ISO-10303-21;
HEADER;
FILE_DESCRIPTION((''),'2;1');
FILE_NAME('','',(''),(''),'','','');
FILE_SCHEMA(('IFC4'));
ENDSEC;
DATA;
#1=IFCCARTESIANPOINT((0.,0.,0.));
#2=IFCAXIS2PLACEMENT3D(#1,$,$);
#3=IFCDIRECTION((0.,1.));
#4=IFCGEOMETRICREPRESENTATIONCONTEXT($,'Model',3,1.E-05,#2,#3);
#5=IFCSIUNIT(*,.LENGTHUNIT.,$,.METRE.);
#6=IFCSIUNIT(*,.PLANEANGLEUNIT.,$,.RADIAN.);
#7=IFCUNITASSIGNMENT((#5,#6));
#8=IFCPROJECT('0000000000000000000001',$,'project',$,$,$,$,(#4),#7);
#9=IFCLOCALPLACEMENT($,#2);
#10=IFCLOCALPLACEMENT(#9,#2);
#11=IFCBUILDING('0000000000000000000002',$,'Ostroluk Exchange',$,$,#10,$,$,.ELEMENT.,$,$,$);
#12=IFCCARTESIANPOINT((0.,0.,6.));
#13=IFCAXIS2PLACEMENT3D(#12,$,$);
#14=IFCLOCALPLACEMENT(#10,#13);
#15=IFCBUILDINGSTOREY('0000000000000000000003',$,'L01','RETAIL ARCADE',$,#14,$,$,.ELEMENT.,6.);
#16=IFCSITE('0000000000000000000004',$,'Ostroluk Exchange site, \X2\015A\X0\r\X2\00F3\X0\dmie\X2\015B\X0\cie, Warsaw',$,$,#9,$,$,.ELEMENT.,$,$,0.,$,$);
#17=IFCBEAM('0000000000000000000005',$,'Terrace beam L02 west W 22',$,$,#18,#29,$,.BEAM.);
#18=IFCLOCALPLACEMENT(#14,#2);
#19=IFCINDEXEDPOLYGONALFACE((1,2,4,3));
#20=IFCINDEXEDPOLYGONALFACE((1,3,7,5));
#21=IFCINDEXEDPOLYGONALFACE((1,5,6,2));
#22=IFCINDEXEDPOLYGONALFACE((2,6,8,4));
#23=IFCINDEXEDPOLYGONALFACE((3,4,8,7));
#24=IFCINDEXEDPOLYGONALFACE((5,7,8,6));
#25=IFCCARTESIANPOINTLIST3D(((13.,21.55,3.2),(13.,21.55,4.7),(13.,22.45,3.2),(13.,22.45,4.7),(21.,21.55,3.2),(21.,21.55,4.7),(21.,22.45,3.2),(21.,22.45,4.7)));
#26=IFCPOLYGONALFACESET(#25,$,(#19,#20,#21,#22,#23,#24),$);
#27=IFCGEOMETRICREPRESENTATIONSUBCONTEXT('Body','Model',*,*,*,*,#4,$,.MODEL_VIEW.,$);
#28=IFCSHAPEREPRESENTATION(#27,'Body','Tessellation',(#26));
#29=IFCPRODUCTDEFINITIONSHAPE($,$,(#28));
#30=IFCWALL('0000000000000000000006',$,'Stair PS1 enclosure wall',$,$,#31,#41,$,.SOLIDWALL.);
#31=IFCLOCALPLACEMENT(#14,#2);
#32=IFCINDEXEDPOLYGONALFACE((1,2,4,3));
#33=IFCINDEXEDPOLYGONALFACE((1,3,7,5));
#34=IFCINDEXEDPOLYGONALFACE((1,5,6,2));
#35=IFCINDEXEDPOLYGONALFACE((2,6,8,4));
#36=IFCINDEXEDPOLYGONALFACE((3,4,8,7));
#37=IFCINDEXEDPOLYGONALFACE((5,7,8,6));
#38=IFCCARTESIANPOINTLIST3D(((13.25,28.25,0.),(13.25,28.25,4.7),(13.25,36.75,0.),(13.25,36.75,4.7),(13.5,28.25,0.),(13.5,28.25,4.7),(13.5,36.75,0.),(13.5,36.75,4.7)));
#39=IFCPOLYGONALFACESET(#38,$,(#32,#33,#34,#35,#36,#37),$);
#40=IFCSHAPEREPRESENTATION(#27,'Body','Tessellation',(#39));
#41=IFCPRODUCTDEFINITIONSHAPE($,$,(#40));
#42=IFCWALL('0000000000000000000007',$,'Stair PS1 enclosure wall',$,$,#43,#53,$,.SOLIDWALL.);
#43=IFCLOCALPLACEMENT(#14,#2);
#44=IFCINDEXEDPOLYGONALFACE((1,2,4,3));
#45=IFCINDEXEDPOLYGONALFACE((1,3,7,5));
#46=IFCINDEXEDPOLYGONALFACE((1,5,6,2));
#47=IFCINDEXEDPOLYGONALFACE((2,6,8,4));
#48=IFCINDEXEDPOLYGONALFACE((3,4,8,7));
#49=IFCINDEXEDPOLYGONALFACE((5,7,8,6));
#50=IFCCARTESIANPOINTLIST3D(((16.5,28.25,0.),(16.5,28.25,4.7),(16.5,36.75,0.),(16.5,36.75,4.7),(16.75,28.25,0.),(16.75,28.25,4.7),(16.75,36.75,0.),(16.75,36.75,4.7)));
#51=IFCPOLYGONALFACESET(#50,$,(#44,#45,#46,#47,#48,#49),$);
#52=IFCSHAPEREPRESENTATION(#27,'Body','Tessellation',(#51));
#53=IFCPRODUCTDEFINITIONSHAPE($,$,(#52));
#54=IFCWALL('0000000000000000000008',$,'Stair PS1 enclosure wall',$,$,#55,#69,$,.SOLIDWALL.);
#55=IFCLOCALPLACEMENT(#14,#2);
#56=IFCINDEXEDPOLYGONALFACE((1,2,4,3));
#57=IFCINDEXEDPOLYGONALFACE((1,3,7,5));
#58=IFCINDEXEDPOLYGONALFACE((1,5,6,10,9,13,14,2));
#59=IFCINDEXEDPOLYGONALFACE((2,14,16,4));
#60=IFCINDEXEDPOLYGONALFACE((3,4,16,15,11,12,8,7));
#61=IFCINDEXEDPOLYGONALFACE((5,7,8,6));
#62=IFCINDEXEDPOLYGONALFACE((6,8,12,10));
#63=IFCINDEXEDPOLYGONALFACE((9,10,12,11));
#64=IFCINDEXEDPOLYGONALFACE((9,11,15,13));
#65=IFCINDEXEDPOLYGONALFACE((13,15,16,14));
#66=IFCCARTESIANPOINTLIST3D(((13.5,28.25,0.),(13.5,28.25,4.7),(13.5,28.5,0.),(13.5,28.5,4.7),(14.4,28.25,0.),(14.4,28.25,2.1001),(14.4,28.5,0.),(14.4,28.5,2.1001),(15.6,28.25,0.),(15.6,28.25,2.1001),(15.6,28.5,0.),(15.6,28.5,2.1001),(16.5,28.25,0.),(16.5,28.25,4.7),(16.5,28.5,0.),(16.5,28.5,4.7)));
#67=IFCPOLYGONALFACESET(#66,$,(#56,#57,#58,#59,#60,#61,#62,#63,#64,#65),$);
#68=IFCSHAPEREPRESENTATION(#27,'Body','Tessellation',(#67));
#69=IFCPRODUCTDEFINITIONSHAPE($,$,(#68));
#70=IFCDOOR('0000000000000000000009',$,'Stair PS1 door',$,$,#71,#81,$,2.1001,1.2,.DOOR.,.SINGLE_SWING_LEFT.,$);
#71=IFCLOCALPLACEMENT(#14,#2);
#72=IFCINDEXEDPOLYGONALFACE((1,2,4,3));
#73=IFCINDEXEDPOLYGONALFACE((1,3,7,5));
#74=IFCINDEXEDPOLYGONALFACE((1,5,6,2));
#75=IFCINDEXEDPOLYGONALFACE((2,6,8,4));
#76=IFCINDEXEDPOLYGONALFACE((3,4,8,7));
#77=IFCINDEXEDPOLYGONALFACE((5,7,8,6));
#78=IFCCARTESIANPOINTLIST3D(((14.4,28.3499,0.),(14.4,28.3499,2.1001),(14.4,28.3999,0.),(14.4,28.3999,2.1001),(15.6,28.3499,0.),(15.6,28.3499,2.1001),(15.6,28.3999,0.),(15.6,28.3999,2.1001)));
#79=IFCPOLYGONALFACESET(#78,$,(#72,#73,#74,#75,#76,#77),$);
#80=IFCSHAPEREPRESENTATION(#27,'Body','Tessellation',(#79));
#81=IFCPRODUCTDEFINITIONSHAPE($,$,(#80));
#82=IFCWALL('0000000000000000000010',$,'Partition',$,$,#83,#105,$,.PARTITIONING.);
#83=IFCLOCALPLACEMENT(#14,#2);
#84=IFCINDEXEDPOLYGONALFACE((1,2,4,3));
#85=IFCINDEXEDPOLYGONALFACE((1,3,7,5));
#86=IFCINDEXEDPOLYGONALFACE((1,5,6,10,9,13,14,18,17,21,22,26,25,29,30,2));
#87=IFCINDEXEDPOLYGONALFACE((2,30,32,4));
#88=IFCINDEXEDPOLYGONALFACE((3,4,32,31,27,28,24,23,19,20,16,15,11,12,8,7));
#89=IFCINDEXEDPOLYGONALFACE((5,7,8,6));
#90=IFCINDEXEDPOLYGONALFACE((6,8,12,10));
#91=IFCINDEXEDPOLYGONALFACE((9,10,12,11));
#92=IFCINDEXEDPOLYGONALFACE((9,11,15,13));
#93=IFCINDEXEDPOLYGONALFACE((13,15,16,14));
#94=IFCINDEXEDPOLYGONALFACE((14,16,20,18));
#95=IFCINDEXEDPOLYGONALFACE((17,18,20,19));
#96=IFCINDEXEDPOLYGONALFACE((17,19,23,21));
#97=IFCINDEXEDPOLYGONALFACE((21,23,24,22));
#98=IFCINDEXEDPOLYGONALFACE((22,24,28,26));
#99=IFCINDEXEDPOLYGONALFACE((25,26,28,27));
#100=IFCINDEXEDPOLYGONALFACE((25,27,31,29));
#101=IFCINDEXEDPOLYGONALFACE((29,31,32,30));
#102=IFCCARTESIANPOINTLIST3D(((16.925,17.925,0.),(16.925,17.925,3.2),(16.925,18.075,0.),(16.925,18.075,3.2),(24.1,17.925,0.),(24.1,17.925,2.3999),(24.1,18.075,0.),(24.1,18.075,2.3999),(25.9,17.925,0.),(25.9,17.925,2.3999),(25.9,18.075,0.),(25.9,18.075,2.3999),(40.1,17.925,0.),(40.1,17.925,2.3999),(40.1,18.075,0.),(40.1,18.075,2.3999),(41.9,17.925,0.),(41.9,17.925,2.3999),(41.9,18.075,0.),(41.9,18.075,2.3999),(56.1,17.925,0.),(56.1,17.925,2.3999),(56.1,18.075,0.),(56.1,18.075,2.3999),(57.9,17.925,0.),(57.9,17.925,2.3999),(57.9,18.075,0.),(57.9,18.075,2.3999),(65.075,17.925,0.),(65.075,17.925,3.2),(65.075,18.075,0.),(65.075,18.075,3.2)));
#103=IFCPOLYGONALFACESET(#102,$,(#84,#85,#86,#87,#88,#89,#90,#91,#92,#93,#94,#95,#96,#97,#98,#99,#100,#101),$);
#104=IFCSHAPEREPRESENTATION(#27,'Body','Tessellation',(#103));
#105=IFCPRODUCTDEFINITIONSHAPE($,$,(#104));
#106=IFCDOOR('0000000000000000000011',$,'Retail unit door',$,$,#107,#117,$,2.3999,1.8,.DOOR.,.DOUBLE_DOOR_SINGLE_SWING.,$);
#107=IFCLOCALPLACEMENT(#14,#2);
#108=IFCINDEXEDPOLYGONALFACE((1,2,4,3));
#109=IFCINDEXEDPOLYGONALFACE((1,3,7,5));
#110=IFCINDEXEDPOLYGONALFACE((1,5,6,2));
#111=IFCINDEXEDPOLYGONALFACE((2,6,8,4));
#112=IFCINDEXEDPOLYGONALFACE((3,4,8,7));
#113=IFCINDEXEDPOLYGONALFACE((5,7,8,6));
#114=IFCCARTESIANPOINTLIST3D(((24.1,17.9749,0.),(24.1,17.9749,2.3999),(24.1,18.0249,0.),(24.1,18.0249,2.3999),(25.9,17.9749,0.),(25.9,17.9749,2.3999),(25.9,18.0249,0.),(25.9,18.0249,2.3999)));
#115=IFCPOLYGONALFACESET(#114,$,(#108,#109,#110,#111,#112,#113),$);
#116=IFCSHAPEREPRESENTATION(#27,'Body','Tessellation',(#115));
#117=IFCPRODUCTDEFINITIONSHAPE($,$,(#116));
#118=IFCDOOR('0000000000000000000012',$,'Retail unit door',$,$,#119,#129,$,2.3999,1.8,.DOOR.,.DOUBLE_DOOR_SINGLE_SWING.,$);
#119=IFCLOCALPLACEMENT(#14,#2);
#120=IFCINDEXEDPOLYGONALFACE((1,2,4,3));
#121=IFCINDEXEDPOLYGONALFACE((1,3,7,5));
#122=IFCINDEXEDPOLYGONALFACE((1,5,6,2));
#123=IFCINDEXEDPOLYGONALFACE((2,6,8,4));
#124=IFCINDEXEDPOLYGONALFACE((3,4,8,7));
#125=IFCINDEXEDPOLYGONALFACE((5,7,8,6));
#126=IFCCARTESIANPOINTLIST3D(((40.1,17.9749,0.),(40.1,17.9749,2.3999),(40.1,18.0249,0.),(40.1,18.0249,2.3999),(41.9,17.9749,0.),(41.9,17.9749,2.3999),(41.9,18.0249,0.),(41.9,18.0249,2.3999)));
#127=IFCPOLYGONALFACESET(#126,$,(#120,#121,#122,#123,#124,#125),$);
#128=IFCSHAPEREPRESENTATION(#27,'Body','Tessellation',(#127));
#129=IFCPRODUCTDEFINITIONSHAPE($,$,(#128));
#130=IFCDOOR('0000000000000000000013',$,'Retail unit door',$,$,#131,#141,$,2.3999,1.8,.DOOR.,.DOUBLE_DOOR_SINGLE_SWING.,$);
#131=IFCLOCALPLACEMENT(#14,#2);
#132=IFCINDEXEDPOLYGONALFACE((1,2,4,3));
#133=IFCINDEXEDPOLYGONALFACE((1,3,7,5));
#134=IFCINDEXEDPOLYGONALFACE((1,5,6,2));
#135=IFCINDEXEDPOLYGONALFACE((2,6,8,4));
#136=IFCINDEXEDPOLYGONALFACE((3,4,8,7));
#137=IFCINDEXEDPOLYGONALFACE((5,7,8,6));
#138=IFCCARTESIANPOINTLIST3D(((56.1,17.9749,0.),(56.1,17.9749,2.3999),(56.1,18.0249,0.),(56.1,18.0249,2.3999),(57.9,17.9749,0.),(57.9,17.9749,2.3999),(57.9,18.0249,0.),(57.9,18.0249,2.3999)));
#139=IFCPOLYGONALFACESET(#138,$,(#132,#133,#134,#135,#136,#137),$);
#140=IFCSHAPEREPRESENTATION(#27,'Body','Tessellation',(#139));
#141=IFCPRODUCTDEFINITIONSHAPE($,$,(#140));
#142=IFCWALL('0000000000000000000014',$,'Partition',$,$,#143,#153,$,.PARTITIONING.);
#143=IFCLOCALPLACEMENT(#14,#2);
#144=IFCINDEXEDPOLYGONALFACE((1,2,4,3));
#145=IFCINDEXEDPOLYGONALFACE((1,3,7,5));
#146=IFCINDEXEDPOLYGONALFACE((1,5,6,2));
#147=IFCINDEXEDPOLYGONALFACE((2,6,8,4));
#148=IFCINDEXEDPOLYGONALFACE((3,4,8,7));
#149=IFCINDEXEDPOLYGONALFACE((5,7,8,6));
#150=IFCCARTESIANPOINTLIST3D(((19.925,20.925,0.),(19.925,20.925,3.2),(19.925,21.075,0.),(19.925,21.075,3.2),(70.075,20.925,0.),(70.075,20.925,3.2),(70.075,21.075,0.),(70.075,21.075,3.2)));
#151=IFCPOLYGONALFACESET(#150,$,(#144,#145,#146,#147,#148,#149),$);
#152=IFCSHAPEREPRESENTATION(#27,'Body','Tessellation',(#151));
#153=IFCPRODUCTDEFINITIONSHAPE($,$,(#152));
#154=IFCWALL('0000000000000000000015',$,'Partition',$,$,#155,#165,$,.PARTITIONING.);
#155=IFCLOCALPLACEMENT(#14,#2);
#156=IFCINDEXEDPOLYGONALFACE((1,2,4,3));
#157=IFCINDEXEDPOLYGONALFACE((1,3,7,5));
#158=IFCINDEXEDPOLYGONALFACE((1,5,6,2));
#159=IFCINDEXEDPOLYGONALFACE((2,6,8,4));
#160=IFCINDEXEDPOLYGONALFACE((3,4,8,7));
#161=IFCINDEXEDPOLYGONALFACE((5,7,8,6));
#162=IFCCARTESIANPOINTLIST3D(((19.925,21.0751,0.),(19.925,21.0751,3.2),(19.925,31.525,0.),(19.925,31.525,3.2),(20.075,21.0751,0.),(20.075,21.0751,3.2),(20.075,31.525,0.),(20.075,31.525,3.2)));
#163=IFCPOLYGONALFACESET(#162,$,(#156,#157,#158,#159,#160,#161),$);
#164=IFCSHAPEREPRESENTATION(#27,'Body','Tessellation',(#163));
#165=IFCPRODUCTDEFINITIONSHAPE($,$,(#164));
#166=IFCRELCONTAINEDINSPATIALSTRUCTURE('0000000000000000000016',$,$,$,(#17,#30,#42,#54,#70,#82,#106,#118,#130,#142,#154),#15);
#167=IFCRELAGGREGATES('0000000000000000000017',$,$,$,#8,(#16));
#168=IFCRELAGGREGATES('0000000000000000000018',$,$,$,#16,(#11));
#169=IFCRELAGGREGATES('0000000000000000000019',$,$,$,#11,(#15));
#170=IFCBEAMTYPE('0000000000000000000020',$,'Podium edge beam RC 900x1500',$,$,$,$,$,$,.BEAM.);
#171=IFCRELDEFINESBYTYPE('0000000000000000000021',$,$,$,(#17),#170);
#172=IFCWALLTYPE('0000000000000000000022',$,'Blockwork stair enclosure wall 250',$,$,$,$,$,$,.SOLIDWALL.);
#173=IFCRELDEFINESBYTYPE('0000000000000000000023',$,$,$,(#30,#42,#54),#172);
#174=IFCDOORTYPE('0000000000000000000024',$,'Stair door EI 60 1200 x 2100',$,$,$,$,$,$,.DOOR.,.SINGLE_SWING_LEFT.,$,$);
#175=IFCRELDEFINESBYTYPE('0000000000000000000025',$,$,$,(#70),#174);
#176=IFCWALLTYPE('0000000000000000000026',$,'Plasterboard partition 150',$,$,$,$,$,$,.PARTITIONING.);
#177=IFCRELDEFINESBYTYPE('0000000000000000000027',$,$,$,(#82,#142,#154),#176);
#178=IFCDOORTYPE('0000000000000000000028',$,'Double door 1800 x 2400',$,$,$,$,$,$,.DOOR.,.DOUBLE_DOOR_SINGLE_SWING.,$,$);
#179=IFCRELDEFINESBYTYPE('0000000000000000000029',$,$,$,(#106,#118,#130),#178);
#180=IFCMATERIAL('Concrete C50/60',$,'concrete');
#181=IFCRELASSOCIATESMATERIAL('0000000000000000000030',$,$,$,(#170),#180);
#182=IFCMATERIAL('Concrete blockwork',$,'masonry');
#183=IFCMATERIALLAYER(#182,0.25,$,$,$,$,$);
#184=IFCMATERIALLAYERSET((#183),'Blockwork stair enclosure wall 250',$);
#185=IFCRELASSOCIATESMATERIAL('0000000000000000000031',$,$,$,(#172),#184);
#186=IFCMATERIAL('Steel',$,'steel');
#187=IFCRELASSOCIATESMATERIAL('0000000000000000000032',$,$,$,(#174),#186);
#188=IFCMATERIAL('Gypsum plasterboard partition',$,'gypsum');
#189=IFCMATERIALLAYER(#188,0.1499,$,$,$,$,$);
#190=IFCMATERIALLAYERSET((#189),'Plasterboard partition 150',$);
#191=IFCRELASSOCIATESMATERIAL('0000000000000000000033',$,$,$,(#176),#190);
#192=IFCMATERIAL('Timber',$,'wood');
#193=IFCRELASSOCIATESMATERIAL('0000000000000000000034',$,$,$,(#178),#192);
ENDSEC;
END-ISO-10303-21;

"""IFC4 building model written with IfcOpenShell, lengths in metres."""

from ifc_helpers import new_model, si_unit, direction, frame, frame_2d, origin, origin_2d, place, context, subcontext, project, spatial, rectangle, extrude, material, layer, layer_set, material_profile, profile_set, type_object, element, fill, save


model = new_model("IFC4")

# Units and contexts
model_context = context("Model", 3, precision=1e-05, world=origin(), true_north=direction((0.0, 1.0)))
body_context = subcontext(model_context, "Body", "Model", "MODEL_VIEW")
ifc_project = project(units=[si_unit("LENGTHUNIT", "METRE"), si_unit("PLANEANGLEUNIT", "RADIAN")], contexts=[model_context])

# Site, building, storey
site_placement = place(None, origin())
site = spatial("IfcSite", under=ifc_project, at=site_placement, Name="Ostroluk Exchange site, Śródmieście, Warsaw", CompositionType="ELEMENT", RefElevation=0.0)
building_placement = place(site_placement, origin())
building = spatial("IfcBuilding", under=site, at=building_placement, Name="Ostroluk Exchange", CompositionType="ELEMENT")
storey_placement = place(building_placement, frame((0.0, 0.0, 6.0)))
storey = spatial("IfcBuildingStorey", under=building, at=storey_placement, Name="L01", Description="RETAIL ARCADE", CompositionType="ELEMENT", Elevation=6.0)

# Beam
ifc_material_1 = material(Name="Concrete C50/60", Category="concrete")
ifc_material_profile_1 = material_profile(ifc_material_1, rectangle(XDim=0.8999, YDim=1.5, at=origin_2d()), Name="RC 900x1500")
ifc_profile_set_1 = profile_set([ifc_material_profile_1], Name="Concrete C50/60")
beam_type_1 = type_object("IfcBeamType", Name="Podium edge beam RC 900x1500", PredefinedType="BEAM", material=ifc_profile_set_1)
beam_1_placement = place(storey_placement, frame((13.0, 22.0, 3.95), z_axis=(1.0, 0.0, 0.0), x_axis=(0.0, 1.0, 0.0)))
element("IfcBeam", 1, at=beam_1_placement, inside=storey, type_object=beam_type_1, Name="Terrace beam L02 west W 22", PredefinedType="BEAM", context=body_context, shape_type="SweptSolid", body=[
    extrude(rectangle(XDim=0.8999, YDim=1.5, at=origin_2d()), origin(), (0.0, 0.0, 1.0), 8.0),
])

# Walls
ifc_material_2 = material(Name="Concrete blockwork", Category="masonry")
ifc_layer_1 = layer(ifc_material_2, 0.25)
ifc_layer_set_1 = layer_set([ifc_layer_1], Name="Blockwork stair enclosure wall 250")
wall_type_1 = type_object("IfcWallType", Name="Blockwork stair enclosure wall 250", PredefinedType="SOLIDWALL", material=ifc_layer_set_1)
for number, where, z_axis, x_axis, name in (
    (2, (13.375, 28.25, 0.0), (0.0, 0.0, 1.0), (0.0, 1.0, 0.0), "Stair PS1 enclosure wall"),
    (3, (16.625, 28.25, 0.0), (0.0, 0.0, 1.0), (0.0, 1.0, 0.0), "Stair PS1 enclosure wall"),
):
    element("IfcWall", number, at=place(storey_placement, frame(where, z_axis=z_axis, x_axis=x_axis)), inside=storey, type_object=wall_type_1, Name=name, PredefinedType="SOLIDWALL", context=body_context, shape_type="SweptSolid", body=[
        extrude(rectangle(XDim=8.5, YDim=0.25, at=frame_2d((4.25, 0.0))), origin(), (0.0, 0.0, 1.0), 4.7),
    ])

# Wall, opening, door
wall_1_placement = place(storey_placement, frame((13.5, 28.375, 0.0), z_axis=(0.0, 0.0, 1.0), x_axis=(1.0, 0.0, 0.0)))
wall_1 = element("IfcWall", 4, at=wall_1_placement, inside=storey, type_object=wall_type_1, Name="Stair PS1 enclosure wall", PredefinedType="SOLIDWALL", context=body_context, shape_type="SweptSolid", body=[
    extrude(rectangle(XDim=3.0, YDim=0.25, at=frame_2d((1.5, 0.0))), origin(), (0.0, 0.0, 1.0), 4.7),
])
opening_1_placement = place(wall_1_placement, frame((0.8999, 0.0, 0.0)))
opening_1 = element("IfcOpeningElement", 5, at=opening_1_placement, cuts=wall_1, PredefinedType="OPENING", context=body_context, shape_type="SweptSolid", body=[
    extrude(rectangle(XDim=1.2, YDim=2.1001, at=frame_2d((0.6001, 1.05))), frame((0.0, 0.135, 0.0), z_axis=(0.0, -1.0, 0.0), x_axis=(1.0, 0.0, 0.0)), (0.0, 0.0, 1.0), 0.27),
])
ifc_material_3 = material(Name="Steel", Category="steel")
door_type_1 = type_object("IfcDoorType", Name="Stair door EI 60 1200 x 2100", OperationType="SINGLE_SWING_LEFT", PredefinedType="DOOR", material=ifc_material_3)
door_1_placement = place(opening_1_placement, origin())
door_1 = element("IfcDoor", 6, at=door_1_placement, inside=storey, type_object=door_type_1, Name="Stair PS1 door", OperationType="SINGLE_SWING_LEFT", OverallHeight=2.1001, OverallWidth=1.2, PredefinedType="DOOR", context=body_context, shape_type="SweptSolid", body=[
    extrude(rectangle(XDim=1.2, YDim=2.1001, at=frame_2d((0.6001, 1.05))), frame((0.0, 0.0249, 0.0), z_axis=(0.0, -1.0, 0.0), x_axis=(1.0, 0.0, 0.0)), (0.0, 0.0, 1.0), 0.05),
])
fill(opening_1, door_1)

# Wall, openings, doors
ifc_material_4 = material(Name="Gypsum plasterboard partition", Category="gypsum")
ifc_layer_2 = layer(ifc_material_4, 0.1499)
ifc_layer_set_2 = layer_set([ifc_layer_2], Name="Plasterboard partition 150")
wall_type_2 = type_object("IfcWallType", Name="Plasterboard partition 150", PredefinedType="PARTITIONING", material=ifc_layer_set_2)
wall_2_placement = place(storey_placement, frame((16.925, 18.0, 0.0), z_axis=(0.0, 0.0, 1.0), x_axis=(1.0, 0.0, 0.0)))
wall_2 = element("IfcWall", 7, at=wall_2_placement, inside=storey, type_object=wall_type_2, Name="Partition", PredefinedType="PARTITIONING", context=body_context, shape_type="SweptSolid", body=[
    extrude(rectangle(XDim=48.1499, YDim=0.1499, at=frame_2d((24.075, 0.0))), origin(), (0.0, 0.0, 1.0), 3.2),
])
opening_2_placement = place(wall_2_placement, frame((7.175, 0.0, 0.0)))
opening_2 = element("IfcOpeningElement", 8, at=opening_2_placement, cuts=wall_2, PredefinedType="OPENING", context=body_context, shape_type="SweptSolid", body=[
    extrude(rectangle(XDim=1.8, YDim=2.3999, at=frame_2d((0.8999, 1.2))), frame((0.0, 0.085, 0.0), z_axis=(0.0, -1.0, 0.0), x_axis=(1.0, 0.0, 0.0)), (0.0, 0.0, 1.0), 0.1699),
])
opening_3_placement = place(wall_2_placement, frame((23.175, 0.0, 0.0)))
opening_3 = element("IfcOpeningElement", 9, at=opening_3_placement, cuts=wall_2, PredefinedType="OPENING", context=body_context, shape_type="SweptSolid", body=[
    extrude(rectangle(XDim=1.8, YDim=2.3999, at=frame_2d((0.8999, 1.2))), frame((0.0, 0.085, 0.0), z_axis=(0.0, -1.0, 0.0), x_axis=(1.0, 0.0, 0.0)), (0.0, 0.0, 1.0), 0.1699),
])
opening_4_placement = place(wall_2_placement, frame((39.175, 0.0, 0.0)))
opening_4 = element("IfcOpeningElement", 10, at=opening_4_placement, cuts=wall_2, PredefinedType="OPENING", context=body_context, shape_type="SweptSolid", body=[
    extrude(rectangle(XDim=1.8, YDim=2.3999, at=frame_2d((0.8999, 1.2))), frame((0.0, 0.085, 0.0), z_axis=(0.0, -1.0, 0.0), x_axis=(1.0, 0.0, 0.0)), (0.0, 0.0, 1.0), 0.1699),
])
ifc_material_5 = material(Name="Timber", Category="wood")
door_type_2 = type_object("IfcDoorType", Name="Double door 1800 x 2400", OperationType="DOUBLE_DOOR_SINGLE_SWING", PredefinedType="DOOR", material=ifc_material_5)
door_2_placement = place(opening_2_placement, origin())
door_2 = element("IfcDoor", 11, at=door_2_placement, inside=storey, type_object=door_type_2, Name="Retail unit door", OperationType="DOUBLE_DOOR_SINGLE_SWING", OverallHeight=2.3999, OverallWidth=1.8, PredefinedType="DOOR", context=body_context, shape_type="SweptSolid", body=[
    extrude(rectangle(XDim=1.8, YDim=2.3999, at=frame_2d((0.8999, 1.2))), frame((0.0, 0.0249, 0.0), z_axis=(0.0, -1.0, 0.0), x_axis=(1.0, 0.0, 0.0)), (0.0, 0.0, 1.0), 0.05),
])
fill(opening_2, door_2)
door_3_placement = place(opening_3_placement, origin())
door_3 = element("IfcDoor", 12, at=door_3_placement, inside=storey, type_object=door_type_2, Name="Retail unit door", OperationType="DOUBLE_DOOR_SINGLE_SWING", OverallHeight=2.3999, OverallWidth=1.8, PredefinedType="DOOR", context=body_context, shape_type="SweptSolid", body=[
    extrude(rectangle(XDim=1.8, YDim=2.3999, at=frame_2d((0.8999, 1.2))), frame((0.0, 0.0249, 0.0), z_axis=(0.0, -1.0, 0.0), x_axis=(1.0, 0.0, 0.0)), (0.0, 0.0, 1.0), 0.05),
])
fill(opening_3, door_3)
door_4_placement = place(opening_4_placement, origin())
door_4 = element("IfcDoor", 13, at=door_4_placement, inside=storey, type_object=door_type_2, Name="Retail unit door", OperationType="DOUBLE_DOOR_SINGLE_SWING", OverallHeight=2.3999, OverallWidth=1.8, PredefinedType="DOOR", context=body_context, shape_type="SweptSolid", body=[
    extrude(rectangle(XDim=1.8, YDim=2.3999, at=frame_2d((0.8999, 1.2))), frame((0.0, 0.0249, 0.0), z_axis=(0.0, -1.0, 0.0), x_axis=(1.0, 0.0, 0.0)), (0.0, 0.0, 1.0), 0.05),
])
fill(opening_4, door_4)

# Walls
wall_3_placement = place(storey_placement, frame((19.925, 21.0, 0.0), z_axis=(0.0, 0.0, 1.0), x_axis=(1.0, 0.0, 0.0)))
element("IfcWall", 14, at=wall_3_placement, inside=storey, type_object=wall_type_2, Name="Partition", PredefinedType="PARTITIONING", context=body_context, shape_type="SweptSolid", body=[
    extrude(rectangle(XDim=50.1499, YDim=0.1499, at=frame_2d((25.075, 0.0))), origin(), (0.0, 0.0, 1.0), 3.2),
])
wall_4_placement = place(storey_placement, frame((20.0, 21.075, 0.0), z_axis=(0.0, 0.0, 1.0), x_axis=(0.0, 1.0, 0.0)))
element("IfcWall", 15, at=wall_4_placement, inside=storey, type_object=wall_type_2, Name="Partition", PredefinedType="PARTITIONING", context=body_context, shape_type="SweptSolid", body=[
    extrude(rectangle(XDim=10.45, YDim=0.1499, at=frame_2d((5.2251, 0.0))), origin(), (0.0, 0.0, 1.0), 3.2),
])

save(model, "model.ifc")
